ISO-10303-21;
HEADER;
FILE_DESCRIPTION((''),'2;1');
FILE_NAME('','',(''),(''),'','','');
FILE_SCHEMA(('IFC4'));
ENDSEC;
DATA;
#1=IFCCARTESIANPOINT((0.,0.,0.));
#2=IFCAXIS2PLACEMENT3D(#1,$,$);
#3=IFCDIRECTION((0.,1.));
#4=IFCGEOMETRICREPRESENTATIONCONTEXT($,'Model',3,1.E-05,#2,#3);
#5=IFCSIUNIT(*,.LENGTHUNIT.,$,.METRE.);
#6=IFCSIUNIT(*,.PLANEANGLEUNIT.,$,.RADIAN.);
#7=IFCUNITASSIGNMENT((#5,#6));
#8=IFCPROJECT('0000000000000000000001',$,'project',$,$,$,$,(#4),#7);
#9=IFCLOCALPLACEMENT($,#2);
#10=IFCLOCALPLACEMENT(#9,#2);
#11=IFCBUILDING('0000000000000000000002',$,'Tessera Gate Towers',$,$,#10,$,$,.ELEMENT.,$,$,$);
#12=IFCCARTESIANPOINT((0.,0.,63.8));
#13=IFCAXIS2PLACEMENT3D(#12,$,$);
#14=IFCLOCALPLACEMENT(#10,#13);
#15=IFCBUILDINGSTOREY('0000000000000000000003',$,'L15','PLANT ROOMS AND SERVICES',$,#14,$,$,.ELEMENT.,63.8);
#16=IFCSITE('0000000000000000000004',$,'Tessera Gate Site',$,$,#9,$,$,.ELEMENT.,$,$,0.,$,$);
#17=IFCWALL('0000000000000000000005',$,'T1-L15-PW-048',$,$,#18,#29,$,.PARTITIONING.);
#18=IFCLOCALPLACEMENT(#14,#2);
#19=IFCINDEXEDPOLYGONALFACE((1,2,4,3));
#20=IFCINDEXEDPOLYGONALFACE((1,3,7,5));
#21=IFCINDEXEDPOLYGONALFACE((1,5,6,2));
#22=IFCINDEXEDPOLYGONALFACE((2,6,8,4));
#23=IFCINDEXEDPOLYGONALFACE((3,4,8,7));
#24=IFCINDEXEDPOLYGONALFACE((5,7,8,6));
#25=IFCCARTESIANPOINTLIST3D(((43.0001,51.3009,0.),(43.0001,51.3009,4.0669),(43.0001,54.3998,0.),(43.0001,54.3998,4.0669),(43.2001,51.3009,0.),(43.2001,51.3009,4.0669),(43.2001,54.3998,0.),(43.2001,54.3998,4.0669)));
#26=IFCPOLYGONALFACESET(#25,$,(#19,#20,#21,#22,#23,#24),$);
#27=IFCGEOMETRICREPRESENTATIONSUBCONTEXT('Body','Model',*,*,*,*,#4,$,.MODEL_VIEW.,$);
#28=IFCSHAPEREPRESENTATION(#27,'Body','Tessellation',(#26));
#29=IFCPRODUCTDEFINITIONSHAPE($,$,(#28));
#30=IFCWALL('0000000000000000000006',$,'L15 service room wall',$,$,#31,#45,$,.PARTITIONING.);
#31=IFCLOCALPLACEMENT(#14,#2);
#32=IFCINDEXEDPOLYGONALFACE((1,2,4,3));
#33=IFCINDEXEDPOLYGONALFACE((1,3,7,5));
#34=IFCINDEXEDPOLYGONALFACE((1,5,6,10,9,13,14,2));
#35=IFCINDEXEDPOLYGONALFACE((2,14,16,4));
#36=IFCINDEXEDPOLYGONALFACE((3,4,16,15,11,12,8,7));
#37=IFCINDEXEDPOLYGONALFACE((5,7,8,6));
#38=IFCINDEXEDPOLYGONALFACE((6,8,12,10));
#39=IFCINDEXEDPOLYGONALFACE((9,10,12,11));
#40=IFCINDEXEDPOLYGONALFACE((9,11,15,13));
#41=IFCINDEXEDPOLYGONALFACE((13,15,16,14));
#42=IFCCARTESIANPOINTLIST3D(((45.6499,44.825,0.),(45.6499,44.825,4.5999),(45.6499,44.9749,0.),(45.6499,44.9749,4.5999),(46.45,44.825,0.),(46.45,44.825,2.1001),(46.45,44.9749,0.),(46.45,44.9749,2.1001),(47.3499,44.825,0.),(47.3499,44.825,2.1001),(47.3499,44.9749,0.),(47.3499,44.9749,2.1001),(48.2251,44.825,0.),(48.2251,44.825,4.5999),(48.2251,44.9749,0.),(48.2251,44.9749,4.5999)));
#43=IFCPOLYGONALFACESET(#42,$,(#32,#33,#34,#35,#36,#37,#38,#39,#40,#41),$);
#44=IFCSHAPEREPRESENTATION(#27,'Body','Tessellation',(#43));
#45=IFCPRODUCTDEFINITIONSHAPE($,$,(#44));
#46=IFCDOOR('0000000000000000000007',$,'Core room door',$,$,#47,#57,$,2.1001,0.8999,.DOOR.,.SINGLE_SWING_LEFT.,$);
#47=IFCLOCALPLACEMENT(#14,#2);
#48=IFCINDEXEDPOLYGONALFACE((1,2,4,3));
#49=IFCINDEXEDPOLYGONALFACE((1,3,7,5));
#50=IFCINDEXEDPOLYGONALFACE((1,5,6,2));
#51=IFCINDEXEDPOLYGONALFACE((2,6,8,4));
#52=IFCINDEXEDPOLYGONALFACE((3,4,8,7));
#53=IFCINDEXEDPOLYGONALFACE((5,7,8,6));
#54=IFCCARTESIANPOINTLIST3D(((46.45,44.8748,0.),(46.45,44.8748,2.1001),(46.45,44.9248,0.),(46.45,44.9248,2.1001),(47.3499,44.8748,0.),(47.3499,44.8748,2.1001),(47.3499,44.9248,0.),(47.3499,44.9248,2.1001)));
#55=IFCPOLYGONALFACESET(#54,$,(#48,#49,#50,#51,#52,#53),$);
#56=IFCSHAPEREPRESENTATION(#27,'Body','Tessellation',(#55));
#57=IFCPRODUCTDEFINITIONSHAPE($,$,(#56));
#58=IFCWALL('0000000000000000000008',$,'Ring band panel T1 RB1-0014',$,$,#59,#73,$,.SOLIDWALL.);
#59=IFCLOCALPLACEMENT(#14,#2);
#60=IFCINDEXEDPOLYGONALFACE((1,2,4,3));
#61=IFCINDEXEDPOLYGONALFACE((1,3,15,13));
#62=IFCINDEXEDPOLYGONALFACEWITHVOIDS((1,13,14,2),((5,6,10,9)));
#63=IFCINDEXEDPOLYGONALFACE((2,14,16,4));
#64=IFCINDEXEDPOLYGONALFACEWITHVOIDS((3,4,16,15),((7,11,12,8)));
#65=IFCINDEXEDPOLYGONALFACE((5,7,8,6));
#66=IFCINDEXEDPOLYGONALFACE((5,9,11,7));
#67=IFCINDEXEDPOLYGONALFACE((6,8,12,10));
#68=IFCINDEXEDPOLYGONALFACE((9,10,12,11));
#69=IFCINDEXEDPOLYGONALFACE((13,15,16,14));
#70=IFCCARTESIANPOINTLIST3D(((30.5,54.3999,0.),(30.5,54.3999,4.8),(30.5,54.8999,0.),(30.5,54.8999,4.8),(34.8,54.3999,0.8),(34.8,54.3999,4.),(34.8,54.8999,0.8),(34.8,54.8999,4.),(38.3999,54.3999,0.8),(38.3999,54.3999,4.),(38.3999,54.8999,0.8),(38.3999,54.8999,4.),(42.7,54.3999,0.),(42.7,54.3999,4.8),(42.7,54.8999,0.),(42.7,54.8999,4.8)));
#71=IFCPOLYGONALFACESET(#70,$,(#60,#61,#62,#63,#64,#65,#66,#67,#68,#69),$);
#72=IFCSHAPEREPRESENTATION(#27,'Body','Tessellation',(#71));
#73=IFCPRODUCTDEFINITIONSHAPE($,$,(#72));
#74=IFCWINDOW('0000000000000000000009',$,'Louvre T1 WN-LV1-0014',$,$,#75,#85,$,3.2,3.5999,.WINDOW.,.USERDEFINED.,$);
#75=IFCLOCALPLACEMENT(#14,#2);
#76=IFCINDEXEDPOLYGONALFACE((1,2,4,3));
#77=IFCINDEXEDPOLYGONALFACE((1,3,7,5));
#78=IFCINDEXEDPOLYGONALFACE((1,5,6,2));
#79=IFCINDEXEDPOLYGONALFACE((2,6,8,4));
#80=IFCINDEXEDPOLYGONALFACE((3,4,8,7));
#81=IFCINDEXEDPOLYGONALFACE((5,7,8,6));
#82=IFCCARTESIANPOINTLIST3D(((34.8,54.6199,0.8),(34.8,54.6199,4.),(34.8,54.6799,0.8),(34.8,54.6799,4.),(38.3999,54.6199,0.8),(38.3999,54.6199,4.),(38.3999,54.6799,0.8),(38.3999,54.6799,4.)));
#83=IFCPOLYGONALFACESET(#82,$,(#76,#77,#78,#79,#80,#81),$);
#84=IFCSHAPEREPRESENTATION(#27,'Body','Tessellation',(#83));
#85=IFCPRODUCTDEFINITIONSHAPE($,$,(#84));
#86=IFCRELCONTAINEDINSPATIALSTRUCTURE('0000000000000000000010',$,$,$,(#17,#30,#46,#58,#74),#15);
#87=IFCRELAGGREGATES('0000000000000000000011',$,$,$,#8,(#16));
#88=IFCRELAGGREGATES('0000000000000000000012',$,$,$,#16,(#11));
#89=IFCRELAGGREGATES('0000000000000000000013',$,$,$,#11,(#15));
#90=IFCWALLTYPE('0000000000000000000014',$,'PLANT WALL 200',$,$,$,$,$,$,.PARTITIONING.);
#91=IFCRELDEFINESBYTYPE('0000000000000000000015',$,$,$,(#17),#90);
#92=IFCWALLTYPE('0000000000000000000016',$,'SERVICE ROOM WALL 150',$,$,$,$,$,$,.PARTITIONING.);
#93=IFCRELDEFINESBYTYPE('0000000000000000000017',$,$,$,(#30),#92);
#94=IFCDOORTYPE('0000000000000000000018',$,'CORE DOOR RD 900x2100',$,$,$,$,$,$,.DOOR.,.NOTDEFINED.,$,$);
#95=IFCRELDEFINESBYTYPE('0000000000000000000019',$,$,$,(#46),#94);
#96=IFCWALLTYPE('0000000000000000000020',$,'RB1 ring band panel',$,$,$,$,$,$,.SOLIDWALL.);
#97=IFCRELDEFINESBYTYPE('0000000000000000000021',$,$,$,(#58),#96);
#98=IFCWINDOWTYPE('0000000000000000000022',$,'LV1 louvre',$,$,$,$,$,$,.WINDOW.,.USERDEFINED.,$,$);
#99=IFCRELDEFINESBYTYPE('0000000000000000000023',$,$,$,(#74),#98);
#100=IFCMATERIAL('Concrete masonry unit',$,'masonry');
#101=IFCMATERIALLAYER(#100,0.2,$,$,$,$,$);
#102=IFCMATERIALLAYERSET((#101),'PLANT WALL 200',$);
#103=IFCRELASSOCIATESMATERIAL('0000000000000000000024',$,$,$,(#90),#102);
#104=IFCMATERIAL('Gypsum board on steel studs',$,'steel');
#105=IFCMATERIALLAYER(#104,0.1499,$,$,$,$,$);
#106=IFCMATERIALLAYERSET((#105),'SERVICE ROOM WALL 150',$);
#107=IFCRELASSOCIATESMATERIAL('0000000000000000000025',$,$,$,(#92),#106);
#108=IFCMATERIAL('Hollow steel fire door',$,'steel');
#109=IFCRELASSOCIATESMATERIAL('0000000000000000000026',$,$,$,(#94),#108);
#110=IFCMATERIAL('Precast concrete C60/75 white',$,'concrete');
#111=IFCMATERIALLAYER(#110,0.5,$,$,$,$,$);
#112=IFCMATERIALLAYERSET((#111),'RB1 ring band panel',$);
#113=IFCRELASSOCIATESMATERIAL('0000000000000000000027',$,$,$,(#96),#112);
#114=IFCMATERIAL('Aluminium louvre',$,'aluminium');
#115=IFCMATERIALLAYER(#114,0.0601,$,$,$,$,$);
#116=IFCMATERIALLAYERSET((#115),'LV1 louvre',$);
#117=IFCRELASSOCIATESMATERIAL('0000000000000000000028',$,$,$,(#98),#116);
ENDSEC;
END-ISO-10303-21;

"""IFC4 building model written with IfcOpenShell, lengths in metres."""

from ifc_helpers import new_model, si_unit, direction, frame, frame_2d, origin, place, context, subcontext, project, spatial, polyline, rectangle, outline, extrude, source, transform, mapped, material, layer, layer_set, type_object, element, fill, save


model = new_model("IFC4")

# Units and contexts
model_context = context("Model", 3, precision=1e-05, world=origin(), true_north=direction((0.0, 1.0)))
body_context = subcontext(model_context, "Body", "Model", "MODEL_VIEW")
ifc_project = project(units=[si_unit("LENGTHUNIT", "METRE"), si_unit("PLANEANGLEUNIT", "RADIAN")], contexts=[model_context])

# Site, building, storey
site_placement = place(None, origin())
site = spatial("IfcSite", under=ifc_project, at=site_placement, Name="Tessera Gate Site", CompositionType="ELEMENT", RefElevation=0.0)
building_placement = place(site_placement, origin())
building = spatial("IfcBuilding", under=site, at=building_placement, Name="Tessera Gate Towers", CompositionType="ELEMENT")
storey_placement = place(building_placement, frame((0.0, 0.0, 63.8)))
storey = spatial("IfcBuildingStorey", under=building, at=storey_placement, Name="L15", Description="PLANT ROOMS AND SERVICES", CompositionType="ELEMENT", Elevation=63.8)

# Wall
ifc_material_1 = material(Name="Concrete masonry unit", Category="masonry")
ifc_layer_1 = layer(ifc_material_1, 0.2)
ifc_layer_set_1 = layer_set([ifc_layer_1], Name="PLANT WALL 200")
wall_type_1 = type_object("IfcWallType", Name="PLANT WALL 200", PredefinedType="PARTITIONING", material=ifc_layer_set_1)
for number, where, z_axis, x_axis, name in (
    (1, (43.1001, 51.301, 0.0), (0.0, 0.0, 1.0), (0.0, 1.0, 0.0), "T1-L15-PW-048"),
):
    element("IfcWall", number, at=place(storey_placement, frame(where, z_axis=z_axis, x_axis=x_axis)), inside=storey, type_object=wall_type_1, Name=name, PredefinedType="PARTITIONING", context=body_context, shape_type="SweptSolid", body=[
        extrude(rectangle(XDim=3.0989, YDim=0.2, at=frame_2d((1.5493, 0.0))), origin(), (0.0, 0.0, 1.0), 4.0669),
    ])

# Wall, opening, door
ifc_material_2 = material(Name="Gypsum board on steel studs", Category="steel")
ifc_layer_2 = layer(ifc_material_2, 0.1499)
ifc_layer_set_2 = layer_set([ifc_layer_2], Name="SERVICE ROOM WALL 150")
wall_type_2 = type_object("IfcWallType", Name="SERVICE ROOM WALL 150", PredefinedType="PARTITIONING", material=ifc_layer_set_2)
wall_1_placement = place(storey_placement, frame((45.6499, 44.8999, 0.0), z_axis=(0.0, 0.0, 1.0), x_axis=(1.0, 0.0, 0.0)))
wall_1 = element("IfcWall", 2, at=wall_1_placement, inside=storey, type_object=wall_type_2, Name="L15 service room wall", PredefinedType="PARTITIONING", context=body_context, shape_type="SweptSolid", body=[
    extrude(rectangle(XDim=2.5752, YDim=0.1499, at=frame_2d((1.2876, 0.0))), origin(), (0.0, 0.0, 1.0), 4.5999),
])
shared_shape_1 = source(origin(), body_context, "Body", "SweptSolid", [
    extrude(rectangle(XDim=0.8999, YDim=2.1001, at=frame_2d((0.45, 1.05))), frame((0.0, 0.085, 0.0), z_axis=(0.0, -1.0, 0.0), x_axis=(1.0, 0.0, 0.0)), (0.0, 0.0, 1.0), 0.1699),
])
opening_1_placement = place(wall_1_placement, frame((0.8, 0.0, 0.0)))
opening_1 = element("IfcOpeningElement", 3, at=opening_1_placement, cuts=wall_1, PredefinedType="OPENING", context=body_context, shape_type="MappedRepresentation", body=[
    mapped(shared_shape_1, transform((0.0, 0.0, 0.0), scale=1.0)),
])
ifc_material_3 = material(Name="Hollow steel fire door", Category="steel")
door_type_1 = type_object("IfcDoorType", Name="CORE DOOR RD 900x2100", OperationType="NOTDEFINED", PredefinedType="DOOR", material=ifc_material_3)
shared_shape_2 = source(origin(), body_context, "Body", "SweptSolid", [
    extrude(rectangle(XDim=0.8999, YDim=2.1001, at=frame_2d((0.45, 1.05))), frame((0.0, 0.0249, 0.0), z_axis=(0.0, -1.0, 0.0), x_axis=(1.0, 0.0, 0.0)), (0.0, 0.0, 1.0), 0.05),
])
door_1_placement = place(opening_1_placement, origin())
door_1 = element("IfcDoor", 4, at=door_1_placement, inside=storey, type_object=door_type_1, Name="Core room door", OperationType="SINGLE_SWING_LEFT", OverallHeight=2.1001, OverallWidth=0.8999, PredefinedType="DOOR", context=body_context, shape_type="MappedRepresentation", body=[
    mapped(shared_shape_2, transform((0.0, 0.0, 0.0), scale=1.0)),
])
fill(opening_1, door_1)

# Wall, opening, window
ifc_material_4 = material(Name="Precast concrete C60/75 white", Category="concrete")
ifc_layer_3 = layer(ifc_material_4, 0.5)
ifc_layer_set_3 = layer_set([ifc_layer_3], Name="RB1 ring band panel")
wall_type_3 = type_object("IfcWallType", Name="RB1 ring band panel", PredefinedType="SOLIDWALL", material=ifc_layer_set_3)
shared_shape_3 = source(origin(), body_context, "Body", "SweptSolid", [
    extrude(outline(polyline([(0.0, 0.0), (12.2, 0.0), (12.2, 4.8), (0.0, 4.8), (0.0, 0.0)])), frame((0.0, 0.25, 0.0), z_axis=(0.0, -1.0, 0.0), x_axis=(1.0, 0.0, 0.0)), (0.0, 0.0, 1.0), 0.5),
])
wall_2_placement = place(storey_placement, frame((42.7, 54.6499, 0.0), z_axis=(0.0, 0.0, 1.0), x_axis=(-1.0, 0.0, 0.0)))
wall_2 = element("IfcWall", 5, at=wall_2_placement, inside=storey, type_object=wall_type_3, Name="Ring band panel T1 RB1-0014", PredefinedType="SOLIDWALL", context=body_context, shape_type="MappedRepresentation", body=[
    mapped(shared_shape_3, transform((0.0, 0.0, 0.0), scale=1.0)),
])
shared_shape_4 = source(origin(), body_context, "Body", "SweptSolid", [
    extrude(outline(polyline([(4.3, 0.8), (7.8999, 0.8), (7.8999, 4.0), (4.3, 4.0), (4.3, 0.8)])), frame((0.0, 0.26, 0.0), z_axis=(0.0, -1.0, 0.0), x_axis=(1.0, 0.0, 0.0)), (0.0, 0.0, 1.0), 0.52),
])
opening_2_placement = place(wall_2_placement, origin())
opening_2 = element("IfcOpeningElement", 6, at=opening_2_placement, cuts=wall_2, PredefinedType="OPENING", context=body_context, shape_type="MappedRepresentation", body=[
    mapped(shared_shape_4, transform((0.0, 0.0, 0.0), scale=1.0)),
])
ifc_material_5 = material(Name="Aluminium louvre", Category="aluminium")
ifc_layer_4 = layer(ifc_material_5, 0.0601)
ifc_layer_set_4 = layer_set([ifc_layer_4], Name="LV1 louvre")
window_type = type_object("IfcWindowType", Name="LV1 louvre", PartitioningType="USERDEFINED", PredefinedType="WINDOW", material=ifc_layer_set_4)
shared_shape_5 = source(origin(), body_context, "Body", "SweptSolid", [
    extrude(outline(polyline([(4.3, 0.8), (7.8999, 0.8), (7.8999, 4.0), (4.3, 4.0), (4.3, 0.8)])), frame((0.0, 0.03, 0.0), z_axis=(0.0, -1.0, 0.0), x_axis=(1.0, 0.0, 0.0)), (0.0, 0.0, 1.0), 0.0601),
])
window_placement = place(opening_2_placement, origin())
window = element("IfcWindow", 7, at=window_placement, inside=storey, type_object=window_type, Name="Louvre T1 WN-LV1-0014", OverallHeight=3.2, OverallWidth=3.5999, PartitioningType="USERDEFINED", PredefinedType="WINDOW", context=body_context, shape_type="MappedRepresentation", body=[
    mapped(shared_shape_5, transform((0.0, 0.0, 0.0), scale=1.0)),
])
fill(opening_2, window)

save(model, "model.ifc")
